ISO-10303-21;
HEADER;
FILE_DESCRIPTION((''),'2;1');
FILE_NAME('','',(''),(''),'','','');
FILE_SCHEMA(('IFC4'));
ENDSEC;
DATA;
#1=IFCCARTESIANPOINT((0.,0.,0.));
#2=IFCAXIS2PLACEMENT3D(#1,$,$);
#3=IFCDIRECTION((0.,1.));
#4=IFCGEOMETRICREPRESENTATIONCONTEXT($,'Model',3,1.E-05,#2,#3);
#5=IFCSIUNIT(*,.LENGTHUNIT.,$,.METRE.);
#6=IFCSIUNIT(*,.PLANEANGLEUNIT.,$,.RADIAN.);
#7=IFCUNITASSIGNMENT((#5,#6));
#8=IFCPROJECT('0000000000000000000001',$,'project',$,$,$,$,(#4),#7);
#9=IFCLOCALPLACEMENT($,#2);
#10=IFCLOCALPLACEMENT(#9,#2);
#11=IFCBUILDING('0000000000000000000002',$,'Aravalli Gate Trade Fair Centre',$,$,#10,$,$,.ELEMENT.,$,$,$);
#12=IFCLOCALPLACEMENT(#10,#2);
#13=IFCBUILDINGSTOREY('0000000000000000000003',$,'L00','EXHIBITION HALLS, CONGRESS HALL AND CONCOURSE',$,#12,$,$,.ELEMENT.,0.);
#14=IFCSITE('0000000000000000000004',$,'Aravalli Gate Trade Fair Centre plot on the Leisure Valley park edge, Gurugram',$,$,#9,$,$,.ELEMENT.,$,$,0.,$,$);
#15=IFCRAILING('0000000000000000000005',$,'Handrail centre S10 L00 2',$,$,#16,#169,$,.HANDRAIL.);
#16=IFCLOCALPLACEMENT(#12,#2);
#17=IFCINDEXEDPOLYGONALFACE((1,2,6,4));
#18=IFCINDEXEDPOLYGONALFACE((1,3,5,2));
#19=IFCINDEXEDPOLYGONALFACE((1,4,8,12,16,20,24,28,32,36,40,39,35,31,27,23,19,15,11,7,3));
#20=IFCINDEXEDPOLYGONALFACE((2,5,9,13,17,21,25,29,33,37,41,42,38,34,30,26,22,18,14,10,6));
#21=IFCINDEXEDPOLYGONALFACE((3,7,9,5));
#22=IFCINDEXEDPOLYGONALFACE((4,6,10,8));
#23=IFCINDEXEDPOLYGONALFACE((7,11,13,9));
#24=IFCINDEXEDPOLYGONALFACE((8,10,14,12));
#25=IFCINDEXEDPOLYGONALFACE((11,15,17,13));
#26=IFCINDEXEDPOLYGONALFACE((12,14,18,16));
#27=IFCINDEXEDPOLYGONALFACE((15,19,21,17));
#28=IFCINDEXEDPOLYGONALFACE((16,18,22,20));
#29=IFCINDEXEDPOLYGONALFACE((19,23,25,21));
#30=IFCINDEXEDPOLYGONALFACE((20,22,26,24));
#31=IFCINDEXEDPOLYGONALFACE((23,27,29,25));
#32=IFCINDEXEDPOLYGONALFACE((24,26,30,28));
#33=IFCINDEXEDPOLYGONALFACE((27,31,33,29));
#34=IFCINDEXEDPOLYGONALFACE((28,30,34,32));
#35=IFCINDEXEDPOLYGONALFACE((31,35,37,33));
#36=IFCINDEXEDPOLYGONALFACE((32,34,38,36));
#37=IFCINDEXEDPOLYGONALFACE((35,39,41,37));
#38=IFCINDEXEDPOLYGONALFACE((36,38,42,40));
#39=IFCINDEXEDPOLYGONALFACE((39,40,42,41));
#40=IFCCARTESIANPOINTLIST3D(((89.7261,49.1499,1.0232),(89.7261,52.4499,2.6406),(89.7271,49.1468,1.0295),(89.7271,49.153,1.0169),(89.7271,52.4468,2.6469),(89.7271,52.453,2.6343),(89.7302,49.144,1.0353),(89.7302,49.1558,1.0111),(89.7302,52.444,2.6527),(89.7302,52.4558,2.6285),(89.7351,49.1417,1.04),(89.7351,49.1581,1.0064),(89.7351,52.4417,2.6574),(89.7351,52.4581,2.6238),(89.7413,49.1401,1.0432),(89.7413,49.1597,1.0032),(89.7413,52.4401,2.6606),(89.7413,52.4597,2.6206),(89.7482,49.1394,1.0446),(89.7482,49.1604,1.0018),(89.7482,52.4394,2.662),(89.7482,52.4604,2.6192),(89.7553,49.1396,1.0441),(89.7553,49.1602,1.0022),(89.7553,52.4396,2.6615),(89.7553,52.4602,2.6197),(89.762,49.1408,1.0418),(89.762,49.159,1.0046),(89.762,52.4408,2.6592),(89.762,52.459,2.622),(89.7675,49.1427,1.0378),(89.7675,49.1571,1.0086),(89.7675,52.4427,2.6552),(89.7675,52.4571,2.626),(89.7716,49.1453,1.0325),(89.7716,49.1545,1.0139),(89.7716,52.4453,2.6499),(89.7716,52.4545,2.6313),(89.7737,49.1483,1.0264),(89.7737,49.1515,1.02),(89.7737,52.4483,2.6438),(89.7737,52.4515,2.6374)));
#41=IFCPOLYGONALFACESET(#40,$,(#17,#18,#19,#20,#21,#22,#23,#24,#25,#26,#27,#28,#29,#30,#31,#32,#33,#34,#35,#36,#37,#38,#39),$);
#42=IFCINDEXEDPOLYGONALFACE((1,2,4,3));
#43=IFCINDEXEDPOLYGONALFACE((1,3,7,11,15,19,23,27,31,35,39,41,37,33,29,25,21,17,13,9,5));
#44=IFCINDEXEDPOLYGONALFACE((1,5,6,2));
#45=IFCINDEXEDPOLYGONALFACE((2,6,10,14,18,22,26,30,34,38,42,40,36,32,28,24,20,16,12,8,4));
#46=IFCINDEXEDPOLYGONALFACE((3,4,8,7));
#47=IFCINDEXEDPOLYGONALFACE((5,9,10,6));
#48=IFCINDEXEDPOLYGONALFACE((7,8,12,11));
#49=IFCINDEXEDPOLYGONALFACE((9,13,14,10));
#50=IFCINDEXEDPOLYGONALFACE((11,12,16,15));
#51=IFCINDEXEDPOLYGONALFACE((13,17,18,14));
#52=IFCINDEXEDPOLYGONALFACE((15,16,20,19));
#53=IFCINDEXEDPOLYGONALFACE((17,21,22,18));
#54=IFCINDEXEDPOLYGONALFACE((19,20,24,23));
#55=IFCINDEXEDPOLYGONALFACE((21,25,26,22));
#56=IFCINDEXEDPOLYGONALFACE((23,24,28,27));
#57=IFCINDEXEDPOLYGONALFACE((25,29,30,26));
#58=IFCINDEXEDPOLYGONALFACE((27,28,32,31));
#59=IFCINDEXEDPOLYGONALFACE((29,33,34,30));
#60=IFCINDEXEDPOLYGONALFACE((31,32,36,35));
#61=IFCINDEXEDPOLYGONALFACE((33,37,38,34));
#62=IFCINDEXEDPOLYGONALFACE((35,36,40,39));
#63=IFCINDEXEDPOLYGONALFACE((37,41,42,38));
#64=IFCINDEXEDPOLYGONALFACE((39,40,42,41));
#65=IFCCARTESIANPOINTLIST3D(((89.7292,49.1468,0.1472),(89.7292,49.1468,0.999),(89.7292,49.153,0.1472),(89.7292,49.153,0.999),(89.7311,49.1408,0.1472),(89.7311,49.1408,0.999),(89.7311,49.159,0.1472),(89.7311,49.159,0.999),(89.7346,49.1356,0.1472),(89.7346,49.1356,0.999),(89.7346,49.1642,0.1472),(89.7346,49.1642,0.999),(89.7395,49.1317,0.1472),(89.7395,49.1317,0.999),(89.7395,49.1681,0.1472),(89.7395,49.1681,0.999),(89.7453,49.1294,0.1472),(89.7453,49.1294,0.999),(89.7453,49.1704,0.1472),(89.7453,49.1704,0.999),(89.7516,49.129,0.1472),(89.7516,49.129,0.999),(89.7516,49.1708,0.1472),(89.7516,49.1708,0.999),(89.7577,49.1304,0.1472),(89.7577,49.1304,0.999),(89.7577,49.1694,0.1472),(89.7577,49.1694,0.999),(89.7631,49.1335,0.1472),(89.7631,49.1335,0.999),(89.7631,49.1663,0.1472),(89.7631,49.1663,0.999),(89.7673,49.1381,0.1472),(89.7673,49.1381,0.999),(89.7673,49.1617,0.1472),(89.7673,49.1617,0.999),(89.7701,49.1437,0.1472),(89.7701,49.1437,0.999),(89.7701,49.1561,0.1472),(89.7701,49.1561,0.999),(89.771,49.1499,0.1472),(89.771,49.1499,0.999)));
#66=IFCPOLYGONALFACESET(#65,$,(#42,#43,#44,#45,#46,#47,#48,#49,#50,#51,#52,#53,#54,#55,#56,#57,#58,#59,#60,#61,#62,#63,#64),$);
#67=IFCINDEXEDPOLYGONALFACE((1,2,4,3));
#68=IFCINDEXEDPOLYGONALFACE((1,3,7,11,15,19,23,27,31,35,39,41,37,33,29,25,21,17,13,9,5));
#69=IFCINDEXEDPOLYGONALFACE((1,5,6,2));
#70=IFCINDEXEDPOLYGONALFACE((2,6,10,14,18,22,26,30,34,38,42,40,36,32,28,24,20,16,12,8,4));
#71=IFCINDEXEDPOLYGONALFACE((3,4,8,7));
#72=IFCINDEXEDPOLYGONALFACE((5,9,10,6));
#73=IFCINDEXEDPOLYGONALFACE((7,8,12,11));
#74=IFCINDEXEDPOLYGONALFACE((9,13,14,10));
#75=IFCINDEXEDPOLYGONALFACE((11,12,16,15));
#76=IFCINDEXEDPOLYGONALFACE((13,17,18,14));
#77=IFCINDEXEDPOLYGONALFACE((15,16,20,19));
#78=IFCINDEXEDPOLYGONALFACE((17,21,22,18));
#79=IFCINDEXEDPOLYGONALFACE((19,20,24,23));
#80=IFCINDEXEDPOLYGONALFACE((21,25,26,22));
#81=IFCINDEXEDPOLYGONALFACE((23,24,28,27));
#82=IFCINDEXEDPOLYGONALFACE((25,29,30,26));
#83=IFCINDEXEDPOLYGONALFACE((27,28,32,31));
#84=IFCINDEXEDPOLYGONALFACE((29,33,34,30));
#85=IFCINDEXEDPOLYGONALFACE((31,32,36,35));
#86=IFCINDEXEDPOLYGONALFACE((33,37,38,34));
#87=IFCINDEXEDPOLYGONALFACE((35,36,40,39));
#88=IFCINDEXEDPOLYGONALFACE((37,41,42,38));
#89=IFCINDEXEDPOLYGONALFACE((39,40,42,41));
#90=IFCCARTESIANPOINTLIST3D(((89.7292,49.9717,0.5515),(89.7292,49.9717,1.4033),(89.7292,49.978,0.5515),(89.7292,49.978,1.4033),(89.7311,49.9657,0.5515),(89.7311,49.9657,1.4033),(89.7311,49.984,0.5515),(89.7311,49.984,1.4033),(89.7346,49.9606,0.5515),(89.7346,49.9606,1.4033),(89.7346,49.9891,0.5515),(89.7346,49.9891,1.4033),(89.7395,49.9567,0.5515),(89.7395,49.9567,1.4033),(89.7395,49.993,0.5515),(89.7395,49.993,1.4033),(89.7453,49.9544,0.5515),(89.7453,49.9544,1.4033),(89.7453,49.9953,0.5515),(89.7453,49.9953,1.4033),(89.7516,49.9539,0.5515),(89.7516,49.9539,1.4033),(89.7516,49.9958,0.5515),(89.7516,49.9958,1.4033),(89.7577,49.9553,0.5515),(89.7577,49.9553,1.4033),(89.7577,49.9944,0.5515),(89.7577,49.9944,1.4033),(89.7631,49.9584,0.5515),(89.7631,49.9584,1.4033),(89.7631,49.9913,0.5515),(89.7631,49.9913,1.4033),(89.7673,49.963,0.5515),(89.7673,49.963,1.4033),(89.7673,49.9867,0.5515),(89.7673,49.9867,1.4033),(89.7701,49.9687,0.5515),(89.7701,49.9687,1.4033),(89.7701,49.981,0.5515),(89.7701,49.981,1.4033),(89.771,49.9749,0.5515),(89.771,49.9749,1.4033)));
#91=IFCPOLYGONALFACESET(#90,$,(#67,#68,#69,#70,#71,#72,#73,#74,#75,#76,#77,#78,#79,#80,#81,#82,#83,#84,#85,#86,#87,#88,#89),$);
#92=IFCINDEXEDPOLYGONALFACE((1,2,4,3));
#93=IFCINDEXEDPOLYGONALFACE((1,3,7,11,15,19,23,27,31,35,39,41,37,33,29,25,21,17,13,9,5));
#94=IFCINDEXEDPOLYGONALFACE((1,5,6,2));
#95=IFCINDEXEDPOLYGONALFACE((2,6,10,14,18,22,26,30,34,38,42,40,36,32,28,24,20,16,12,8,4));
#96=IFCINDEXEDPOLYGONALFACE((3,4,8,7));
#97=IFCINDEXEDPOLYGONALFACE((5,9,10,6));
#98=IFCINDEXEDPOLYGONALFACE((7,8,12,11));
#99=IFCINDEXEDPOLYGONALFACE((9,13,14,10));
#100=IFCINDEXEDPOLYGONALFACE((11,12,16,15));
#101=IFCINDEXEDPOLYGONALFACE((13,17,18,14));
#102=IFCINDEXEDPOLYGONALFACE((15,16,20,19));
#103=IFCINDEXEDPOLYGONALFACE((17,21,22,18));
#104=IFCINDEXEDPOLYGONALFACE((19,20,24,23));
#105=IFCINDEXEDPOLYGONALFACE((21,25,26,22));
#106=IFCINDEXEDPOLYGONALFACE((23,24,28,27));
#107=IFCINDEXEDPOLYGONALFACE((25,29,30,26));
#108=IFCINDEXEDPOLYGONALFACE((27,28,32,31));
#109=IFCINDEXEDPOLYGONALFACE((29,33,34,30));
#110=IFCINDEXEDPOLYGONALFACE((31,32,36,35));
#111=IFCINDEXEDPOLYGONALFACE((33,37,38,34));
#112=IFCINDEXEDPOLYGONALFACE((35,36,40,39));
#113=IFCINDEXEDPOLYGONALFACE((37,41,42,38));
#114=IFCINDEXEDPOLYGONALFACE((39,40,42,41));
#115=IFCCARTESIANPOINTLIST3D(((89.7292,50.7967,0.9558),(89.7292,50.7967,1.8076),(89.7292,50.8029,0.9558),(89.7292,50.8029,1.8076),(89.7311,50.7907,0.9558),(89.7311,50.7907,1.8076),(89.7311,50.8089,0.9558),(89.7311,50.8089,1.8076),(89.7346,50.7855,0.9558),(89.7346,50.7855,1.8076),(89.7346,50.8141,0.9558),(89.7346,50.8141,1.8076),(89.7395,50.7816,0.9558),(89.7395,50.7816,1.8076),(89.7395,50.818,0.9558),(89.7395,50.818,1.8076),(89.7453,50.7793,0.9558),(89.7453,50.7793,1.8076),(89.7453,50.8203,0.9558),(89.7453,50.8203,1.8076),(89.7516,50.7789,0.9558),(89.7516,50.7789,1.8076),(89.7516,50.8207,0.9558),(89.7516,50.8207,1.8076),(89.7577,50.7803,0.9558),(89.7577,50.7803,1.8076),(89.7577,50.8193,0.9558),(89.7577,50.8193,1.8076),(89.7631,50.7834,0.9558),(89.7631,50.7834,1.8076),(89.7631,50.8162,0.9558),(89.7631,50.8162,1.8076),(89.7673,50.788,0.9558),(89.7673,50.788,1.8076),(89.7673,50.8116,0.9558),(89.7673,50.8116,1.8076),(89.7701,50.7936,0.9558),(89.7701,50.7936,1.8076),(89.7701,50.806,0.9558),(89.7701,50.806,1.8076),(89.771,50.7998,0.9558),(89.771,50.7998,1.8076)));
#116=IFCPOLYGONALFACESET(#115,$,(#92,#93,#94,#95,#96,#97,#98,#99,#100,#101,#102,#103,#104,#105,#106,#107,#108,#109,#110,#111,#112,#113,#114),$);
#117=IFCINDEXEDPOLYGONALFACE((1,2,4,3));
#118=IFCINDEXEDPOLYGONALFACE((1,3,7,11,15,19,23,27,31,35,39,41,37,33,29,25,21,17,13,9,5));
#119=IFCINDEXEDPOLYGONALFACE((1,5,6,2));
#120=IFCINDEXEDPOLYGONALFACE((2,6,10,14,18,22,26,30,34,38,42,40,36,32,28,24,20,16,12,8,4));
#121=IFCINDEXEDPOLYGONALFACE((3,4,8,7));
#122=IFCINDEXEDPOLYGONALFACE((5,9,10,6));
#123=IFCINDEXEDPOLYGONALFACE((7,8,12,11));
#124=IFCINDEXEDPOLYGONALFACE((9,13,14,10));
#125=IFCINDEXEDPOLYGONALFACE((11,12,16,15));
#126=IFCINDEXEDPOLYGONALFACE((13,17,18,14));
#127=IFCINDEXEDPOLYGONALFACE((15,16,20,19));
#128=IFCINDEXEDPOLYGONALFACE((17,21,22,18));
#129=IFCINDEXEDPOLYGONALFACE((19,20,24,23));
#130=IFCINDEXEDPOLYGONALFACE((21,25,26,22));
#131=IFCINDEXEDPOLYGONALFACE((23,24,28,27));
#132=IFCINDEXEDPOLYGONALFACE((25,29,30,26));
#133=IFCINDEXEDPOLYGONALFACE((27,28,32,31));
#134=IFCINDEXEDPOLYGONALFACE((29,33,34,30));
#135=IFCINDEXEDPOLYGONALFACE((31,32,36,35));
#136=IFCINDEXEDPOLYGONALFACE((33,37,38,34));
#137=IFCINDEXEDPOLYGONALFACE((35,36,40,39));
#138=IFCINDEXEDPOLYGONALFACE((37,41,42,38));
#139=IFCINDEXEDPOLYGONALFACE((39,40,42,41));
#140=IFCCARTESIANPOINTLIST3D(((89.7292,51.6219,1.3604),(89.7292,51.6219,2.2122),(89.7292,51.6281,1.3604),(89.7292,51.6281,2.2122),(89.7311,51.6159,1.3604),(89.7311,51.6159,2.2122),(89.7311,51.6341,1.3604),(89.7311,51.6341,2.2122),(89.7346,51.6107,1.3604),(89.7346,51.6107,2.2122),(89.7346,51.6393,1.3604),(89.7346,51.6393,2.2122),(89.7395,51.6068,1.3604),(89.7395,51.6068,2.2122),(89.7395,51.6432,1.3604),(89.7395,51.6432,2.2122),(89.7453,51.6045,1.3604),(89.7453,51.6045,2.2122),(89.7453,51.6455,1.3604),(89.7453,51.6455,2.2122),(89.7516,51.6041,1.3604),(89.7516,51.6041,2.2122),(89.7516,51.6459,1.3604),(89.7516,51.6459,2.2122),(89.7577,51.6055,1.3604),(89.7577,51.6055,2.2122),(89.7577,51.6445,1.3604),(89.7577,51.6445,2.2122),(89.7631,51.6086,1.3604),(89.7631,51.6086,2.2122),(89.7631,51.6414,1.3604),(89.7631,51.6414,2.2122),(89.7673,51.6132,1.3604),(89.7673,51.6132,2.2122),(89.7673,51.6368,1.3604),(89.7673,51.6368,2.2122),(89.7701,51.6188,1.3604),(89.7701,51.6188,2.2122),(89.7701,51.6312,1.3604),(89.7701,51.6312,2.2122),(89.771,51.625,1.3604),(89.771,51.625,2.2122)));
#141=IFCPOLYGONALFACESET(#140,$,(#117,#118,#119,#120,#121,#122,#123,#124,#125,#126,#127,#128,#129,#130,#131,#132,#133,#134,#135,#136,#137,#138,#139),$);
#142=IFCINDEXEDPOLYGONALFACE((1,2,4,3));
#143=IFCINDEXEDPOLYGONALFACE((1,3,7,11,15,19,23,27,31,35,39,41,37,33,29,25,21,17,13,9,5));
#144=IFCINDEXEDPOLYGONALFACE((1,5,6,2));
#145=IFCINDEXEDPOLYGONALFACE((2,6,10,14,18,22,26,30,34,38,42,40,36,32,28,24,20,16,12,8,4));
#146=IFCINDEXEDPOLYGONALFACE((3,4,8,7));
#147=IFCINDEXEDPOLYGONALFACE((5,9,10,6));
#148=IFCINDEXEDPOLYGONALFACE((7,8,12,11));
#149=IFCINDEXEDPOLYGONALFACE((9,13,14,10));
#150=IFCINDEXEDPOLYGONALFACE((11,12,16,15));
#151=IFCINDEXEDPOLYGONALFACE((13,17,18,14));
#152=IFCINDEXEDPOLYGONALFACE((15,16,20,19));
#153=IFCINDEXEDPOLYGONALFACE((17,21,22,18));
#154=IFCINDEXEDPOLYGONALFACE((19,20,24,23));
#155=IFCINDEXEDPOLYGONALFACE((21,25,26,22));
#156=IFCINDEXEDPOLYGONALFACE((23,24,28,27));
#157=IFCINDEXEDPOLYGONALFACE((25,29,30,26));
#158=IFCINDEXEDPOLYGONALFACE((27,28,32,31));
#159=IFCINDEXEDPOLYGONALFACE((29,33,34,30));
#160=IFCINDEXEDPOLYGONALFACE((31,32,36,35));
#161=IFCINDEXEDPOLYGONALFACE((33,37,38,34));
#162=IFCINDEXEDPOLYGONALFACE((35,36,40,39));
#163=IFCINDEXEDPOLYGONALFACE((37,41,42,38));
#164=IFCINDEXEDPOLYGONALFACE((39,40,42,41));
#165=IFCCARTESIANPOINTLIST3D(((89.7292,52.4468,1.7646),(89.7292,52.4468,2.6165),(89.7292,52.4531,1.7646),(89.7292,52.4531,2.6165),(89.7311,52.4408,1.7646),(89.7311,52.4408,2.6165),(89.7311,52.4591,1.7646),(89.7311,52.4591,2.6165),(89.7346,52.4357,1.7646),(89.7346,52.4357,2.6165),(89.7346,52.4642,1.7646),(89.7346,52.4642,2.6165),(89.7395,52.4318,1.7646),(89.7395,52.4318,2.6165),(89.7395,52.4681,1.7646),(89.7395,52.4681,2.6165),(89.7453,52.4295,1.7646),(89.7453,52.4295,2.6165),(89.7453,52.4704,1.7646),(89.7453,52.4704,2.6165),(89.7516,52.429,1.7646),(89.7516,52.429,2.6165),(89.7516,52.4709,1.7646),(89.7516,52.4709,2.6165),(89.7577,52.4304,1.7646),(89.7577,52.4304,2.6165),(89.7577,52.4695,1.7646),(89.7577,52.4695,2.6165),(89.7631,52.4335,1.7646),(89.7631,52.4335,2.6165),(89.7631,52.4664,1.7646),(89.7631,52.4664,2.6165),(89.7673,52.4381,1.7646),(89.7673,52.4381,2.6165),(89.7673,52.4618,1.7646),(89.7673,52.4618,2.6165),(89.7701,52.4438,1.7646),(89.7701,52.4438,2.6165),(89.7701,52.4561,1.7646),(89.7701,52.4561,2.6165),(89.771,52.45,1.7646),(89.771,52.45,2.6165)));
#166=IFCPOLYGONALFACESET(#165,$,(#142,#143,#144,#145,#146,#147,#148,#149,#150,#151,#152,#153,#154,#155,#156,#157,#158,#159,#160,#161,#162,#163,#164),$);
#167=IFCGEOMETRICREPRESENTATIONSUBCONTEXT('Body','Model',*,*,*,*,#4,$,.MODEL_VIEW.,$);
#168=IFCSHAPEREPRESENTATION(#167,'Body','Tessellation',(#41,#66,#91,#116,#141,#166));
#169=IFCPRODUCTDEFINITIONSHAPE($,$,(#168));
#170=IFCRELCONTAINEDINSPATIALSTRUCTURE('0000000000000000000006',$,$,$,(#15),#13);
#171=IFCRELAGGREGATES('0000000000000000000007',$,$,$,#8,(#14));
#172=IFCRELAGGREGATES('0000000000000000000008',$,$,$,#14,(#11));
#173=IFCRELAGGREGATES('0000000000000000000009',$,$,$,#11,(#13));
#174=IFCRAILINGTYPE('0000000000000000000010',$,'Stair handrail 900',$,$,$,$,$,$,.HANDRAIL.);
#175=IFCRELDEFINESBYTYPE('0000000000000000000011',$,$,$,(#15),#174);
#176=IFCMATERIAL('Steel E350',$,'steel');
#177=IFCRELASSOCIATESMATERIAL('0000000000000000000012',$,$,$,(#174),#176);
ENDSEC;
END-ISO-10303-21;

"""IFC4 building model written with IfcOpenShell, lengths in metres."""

from ifc_helpers import new_model, si_unit, direction, frame, origin, origin_2d, place, context, subcontext, project, spatial, circle, extrude, material, type_object, element, save


model = new_model("IFC4")

# Units and contexts
model_context = context("Model", 3, precision=1e-05, world=origin(), true_north=direction((0.0, 1.0)))
body_context = subcontext(model_context, "Body", "Model", "MODEL_VIEW")
ifc_project = project(units=[si_unit("LENGTHUNIT", "METRE"), si_unit("PLANEANGLEUNIT", "RADIAN")], contexts=[model_context])

# Site, building, storey
site_placement = place(None, origin())
site = spatial("IfcSite", under=ifc_project, at=site_placement, Name="Aravalli Gate Trade Fair Centre plot on the Leisure Valley park edge, Gurugram", CompositionType="ELEMENT", RefElevation=0.0)
building_placement = place(site_placement, origin())
building = spatial("IfcBuilding", under=site, at=building_placement, Name="Aravalli Gate Trade Fair Centre", CompositionType="ELEMENT")
storey_placement = place(building_placement, origin())
storey = spatial("IfcBuildingStorey", under=building, at=storey_placement, Name="L00", Description="EXHIBITION HALLS, CONGRESS HALL AND CONCOURSE", CompositionType="ELEMENT", Elevation=0.0)

# Railing
ifc_material_1 = material(Name="Steel E350", Category="steel")
railing_type = type_object("IfcRailingType", Name="Stair handrail 900", PredefinedType="HANDRAIL", material=ifc_material_1)
for number, where, name in (
    (1, (89.75, 49.1499, 0.1472), "Handrail centre S10 L00 2"),
):
    element("IfcRailing", number, at=place(storey_placement, frame(where)), inside=storey, type_object=railing_type, Name=name, PredefinedType="HANDRAIL", context=body_context, shape_type="SweptSolid", body=[
        extrude(circle(Radius=0.0239, at=origin_2d()), frame((0.0, 0.0, 0.876), z_axis=(0.0, 0.897946, 0.440105), x_axis=(-1.0, 0.0, 0.0)), (0.0, 0.0, 1.0), 3.675),
        extrude(circle(Radius=0.021, at=origin_2d()), origin(), (0.0, 0.0, 1.0), 0.8518),
        extrude(circle(Radius=0.021, at=origin_2d()), frame((0.0, 0.825, 0.4043)), (0.0, 0.0, 1.0), 0.8518),
        extrude(circle(Radius=0.021, at=origin_2d()), frame((0.0, 1.6499, 0.8086)), (0.0, 0.0, 1.0), 0.8518),
        extrude(circle(Radius=0.021, at=origin_2d()), frame((0.0, 2.4751, 1.2131)), (0.0, 0.0, 1.0), 0.8518),
        extrude(circle(Radius=0.021, at=origin_2d()), frame((0.0, 3.3, 1.6174)), (0.0, 0.0, 1.0), 0.8518),
    ])

save(model, "model.ifc")
